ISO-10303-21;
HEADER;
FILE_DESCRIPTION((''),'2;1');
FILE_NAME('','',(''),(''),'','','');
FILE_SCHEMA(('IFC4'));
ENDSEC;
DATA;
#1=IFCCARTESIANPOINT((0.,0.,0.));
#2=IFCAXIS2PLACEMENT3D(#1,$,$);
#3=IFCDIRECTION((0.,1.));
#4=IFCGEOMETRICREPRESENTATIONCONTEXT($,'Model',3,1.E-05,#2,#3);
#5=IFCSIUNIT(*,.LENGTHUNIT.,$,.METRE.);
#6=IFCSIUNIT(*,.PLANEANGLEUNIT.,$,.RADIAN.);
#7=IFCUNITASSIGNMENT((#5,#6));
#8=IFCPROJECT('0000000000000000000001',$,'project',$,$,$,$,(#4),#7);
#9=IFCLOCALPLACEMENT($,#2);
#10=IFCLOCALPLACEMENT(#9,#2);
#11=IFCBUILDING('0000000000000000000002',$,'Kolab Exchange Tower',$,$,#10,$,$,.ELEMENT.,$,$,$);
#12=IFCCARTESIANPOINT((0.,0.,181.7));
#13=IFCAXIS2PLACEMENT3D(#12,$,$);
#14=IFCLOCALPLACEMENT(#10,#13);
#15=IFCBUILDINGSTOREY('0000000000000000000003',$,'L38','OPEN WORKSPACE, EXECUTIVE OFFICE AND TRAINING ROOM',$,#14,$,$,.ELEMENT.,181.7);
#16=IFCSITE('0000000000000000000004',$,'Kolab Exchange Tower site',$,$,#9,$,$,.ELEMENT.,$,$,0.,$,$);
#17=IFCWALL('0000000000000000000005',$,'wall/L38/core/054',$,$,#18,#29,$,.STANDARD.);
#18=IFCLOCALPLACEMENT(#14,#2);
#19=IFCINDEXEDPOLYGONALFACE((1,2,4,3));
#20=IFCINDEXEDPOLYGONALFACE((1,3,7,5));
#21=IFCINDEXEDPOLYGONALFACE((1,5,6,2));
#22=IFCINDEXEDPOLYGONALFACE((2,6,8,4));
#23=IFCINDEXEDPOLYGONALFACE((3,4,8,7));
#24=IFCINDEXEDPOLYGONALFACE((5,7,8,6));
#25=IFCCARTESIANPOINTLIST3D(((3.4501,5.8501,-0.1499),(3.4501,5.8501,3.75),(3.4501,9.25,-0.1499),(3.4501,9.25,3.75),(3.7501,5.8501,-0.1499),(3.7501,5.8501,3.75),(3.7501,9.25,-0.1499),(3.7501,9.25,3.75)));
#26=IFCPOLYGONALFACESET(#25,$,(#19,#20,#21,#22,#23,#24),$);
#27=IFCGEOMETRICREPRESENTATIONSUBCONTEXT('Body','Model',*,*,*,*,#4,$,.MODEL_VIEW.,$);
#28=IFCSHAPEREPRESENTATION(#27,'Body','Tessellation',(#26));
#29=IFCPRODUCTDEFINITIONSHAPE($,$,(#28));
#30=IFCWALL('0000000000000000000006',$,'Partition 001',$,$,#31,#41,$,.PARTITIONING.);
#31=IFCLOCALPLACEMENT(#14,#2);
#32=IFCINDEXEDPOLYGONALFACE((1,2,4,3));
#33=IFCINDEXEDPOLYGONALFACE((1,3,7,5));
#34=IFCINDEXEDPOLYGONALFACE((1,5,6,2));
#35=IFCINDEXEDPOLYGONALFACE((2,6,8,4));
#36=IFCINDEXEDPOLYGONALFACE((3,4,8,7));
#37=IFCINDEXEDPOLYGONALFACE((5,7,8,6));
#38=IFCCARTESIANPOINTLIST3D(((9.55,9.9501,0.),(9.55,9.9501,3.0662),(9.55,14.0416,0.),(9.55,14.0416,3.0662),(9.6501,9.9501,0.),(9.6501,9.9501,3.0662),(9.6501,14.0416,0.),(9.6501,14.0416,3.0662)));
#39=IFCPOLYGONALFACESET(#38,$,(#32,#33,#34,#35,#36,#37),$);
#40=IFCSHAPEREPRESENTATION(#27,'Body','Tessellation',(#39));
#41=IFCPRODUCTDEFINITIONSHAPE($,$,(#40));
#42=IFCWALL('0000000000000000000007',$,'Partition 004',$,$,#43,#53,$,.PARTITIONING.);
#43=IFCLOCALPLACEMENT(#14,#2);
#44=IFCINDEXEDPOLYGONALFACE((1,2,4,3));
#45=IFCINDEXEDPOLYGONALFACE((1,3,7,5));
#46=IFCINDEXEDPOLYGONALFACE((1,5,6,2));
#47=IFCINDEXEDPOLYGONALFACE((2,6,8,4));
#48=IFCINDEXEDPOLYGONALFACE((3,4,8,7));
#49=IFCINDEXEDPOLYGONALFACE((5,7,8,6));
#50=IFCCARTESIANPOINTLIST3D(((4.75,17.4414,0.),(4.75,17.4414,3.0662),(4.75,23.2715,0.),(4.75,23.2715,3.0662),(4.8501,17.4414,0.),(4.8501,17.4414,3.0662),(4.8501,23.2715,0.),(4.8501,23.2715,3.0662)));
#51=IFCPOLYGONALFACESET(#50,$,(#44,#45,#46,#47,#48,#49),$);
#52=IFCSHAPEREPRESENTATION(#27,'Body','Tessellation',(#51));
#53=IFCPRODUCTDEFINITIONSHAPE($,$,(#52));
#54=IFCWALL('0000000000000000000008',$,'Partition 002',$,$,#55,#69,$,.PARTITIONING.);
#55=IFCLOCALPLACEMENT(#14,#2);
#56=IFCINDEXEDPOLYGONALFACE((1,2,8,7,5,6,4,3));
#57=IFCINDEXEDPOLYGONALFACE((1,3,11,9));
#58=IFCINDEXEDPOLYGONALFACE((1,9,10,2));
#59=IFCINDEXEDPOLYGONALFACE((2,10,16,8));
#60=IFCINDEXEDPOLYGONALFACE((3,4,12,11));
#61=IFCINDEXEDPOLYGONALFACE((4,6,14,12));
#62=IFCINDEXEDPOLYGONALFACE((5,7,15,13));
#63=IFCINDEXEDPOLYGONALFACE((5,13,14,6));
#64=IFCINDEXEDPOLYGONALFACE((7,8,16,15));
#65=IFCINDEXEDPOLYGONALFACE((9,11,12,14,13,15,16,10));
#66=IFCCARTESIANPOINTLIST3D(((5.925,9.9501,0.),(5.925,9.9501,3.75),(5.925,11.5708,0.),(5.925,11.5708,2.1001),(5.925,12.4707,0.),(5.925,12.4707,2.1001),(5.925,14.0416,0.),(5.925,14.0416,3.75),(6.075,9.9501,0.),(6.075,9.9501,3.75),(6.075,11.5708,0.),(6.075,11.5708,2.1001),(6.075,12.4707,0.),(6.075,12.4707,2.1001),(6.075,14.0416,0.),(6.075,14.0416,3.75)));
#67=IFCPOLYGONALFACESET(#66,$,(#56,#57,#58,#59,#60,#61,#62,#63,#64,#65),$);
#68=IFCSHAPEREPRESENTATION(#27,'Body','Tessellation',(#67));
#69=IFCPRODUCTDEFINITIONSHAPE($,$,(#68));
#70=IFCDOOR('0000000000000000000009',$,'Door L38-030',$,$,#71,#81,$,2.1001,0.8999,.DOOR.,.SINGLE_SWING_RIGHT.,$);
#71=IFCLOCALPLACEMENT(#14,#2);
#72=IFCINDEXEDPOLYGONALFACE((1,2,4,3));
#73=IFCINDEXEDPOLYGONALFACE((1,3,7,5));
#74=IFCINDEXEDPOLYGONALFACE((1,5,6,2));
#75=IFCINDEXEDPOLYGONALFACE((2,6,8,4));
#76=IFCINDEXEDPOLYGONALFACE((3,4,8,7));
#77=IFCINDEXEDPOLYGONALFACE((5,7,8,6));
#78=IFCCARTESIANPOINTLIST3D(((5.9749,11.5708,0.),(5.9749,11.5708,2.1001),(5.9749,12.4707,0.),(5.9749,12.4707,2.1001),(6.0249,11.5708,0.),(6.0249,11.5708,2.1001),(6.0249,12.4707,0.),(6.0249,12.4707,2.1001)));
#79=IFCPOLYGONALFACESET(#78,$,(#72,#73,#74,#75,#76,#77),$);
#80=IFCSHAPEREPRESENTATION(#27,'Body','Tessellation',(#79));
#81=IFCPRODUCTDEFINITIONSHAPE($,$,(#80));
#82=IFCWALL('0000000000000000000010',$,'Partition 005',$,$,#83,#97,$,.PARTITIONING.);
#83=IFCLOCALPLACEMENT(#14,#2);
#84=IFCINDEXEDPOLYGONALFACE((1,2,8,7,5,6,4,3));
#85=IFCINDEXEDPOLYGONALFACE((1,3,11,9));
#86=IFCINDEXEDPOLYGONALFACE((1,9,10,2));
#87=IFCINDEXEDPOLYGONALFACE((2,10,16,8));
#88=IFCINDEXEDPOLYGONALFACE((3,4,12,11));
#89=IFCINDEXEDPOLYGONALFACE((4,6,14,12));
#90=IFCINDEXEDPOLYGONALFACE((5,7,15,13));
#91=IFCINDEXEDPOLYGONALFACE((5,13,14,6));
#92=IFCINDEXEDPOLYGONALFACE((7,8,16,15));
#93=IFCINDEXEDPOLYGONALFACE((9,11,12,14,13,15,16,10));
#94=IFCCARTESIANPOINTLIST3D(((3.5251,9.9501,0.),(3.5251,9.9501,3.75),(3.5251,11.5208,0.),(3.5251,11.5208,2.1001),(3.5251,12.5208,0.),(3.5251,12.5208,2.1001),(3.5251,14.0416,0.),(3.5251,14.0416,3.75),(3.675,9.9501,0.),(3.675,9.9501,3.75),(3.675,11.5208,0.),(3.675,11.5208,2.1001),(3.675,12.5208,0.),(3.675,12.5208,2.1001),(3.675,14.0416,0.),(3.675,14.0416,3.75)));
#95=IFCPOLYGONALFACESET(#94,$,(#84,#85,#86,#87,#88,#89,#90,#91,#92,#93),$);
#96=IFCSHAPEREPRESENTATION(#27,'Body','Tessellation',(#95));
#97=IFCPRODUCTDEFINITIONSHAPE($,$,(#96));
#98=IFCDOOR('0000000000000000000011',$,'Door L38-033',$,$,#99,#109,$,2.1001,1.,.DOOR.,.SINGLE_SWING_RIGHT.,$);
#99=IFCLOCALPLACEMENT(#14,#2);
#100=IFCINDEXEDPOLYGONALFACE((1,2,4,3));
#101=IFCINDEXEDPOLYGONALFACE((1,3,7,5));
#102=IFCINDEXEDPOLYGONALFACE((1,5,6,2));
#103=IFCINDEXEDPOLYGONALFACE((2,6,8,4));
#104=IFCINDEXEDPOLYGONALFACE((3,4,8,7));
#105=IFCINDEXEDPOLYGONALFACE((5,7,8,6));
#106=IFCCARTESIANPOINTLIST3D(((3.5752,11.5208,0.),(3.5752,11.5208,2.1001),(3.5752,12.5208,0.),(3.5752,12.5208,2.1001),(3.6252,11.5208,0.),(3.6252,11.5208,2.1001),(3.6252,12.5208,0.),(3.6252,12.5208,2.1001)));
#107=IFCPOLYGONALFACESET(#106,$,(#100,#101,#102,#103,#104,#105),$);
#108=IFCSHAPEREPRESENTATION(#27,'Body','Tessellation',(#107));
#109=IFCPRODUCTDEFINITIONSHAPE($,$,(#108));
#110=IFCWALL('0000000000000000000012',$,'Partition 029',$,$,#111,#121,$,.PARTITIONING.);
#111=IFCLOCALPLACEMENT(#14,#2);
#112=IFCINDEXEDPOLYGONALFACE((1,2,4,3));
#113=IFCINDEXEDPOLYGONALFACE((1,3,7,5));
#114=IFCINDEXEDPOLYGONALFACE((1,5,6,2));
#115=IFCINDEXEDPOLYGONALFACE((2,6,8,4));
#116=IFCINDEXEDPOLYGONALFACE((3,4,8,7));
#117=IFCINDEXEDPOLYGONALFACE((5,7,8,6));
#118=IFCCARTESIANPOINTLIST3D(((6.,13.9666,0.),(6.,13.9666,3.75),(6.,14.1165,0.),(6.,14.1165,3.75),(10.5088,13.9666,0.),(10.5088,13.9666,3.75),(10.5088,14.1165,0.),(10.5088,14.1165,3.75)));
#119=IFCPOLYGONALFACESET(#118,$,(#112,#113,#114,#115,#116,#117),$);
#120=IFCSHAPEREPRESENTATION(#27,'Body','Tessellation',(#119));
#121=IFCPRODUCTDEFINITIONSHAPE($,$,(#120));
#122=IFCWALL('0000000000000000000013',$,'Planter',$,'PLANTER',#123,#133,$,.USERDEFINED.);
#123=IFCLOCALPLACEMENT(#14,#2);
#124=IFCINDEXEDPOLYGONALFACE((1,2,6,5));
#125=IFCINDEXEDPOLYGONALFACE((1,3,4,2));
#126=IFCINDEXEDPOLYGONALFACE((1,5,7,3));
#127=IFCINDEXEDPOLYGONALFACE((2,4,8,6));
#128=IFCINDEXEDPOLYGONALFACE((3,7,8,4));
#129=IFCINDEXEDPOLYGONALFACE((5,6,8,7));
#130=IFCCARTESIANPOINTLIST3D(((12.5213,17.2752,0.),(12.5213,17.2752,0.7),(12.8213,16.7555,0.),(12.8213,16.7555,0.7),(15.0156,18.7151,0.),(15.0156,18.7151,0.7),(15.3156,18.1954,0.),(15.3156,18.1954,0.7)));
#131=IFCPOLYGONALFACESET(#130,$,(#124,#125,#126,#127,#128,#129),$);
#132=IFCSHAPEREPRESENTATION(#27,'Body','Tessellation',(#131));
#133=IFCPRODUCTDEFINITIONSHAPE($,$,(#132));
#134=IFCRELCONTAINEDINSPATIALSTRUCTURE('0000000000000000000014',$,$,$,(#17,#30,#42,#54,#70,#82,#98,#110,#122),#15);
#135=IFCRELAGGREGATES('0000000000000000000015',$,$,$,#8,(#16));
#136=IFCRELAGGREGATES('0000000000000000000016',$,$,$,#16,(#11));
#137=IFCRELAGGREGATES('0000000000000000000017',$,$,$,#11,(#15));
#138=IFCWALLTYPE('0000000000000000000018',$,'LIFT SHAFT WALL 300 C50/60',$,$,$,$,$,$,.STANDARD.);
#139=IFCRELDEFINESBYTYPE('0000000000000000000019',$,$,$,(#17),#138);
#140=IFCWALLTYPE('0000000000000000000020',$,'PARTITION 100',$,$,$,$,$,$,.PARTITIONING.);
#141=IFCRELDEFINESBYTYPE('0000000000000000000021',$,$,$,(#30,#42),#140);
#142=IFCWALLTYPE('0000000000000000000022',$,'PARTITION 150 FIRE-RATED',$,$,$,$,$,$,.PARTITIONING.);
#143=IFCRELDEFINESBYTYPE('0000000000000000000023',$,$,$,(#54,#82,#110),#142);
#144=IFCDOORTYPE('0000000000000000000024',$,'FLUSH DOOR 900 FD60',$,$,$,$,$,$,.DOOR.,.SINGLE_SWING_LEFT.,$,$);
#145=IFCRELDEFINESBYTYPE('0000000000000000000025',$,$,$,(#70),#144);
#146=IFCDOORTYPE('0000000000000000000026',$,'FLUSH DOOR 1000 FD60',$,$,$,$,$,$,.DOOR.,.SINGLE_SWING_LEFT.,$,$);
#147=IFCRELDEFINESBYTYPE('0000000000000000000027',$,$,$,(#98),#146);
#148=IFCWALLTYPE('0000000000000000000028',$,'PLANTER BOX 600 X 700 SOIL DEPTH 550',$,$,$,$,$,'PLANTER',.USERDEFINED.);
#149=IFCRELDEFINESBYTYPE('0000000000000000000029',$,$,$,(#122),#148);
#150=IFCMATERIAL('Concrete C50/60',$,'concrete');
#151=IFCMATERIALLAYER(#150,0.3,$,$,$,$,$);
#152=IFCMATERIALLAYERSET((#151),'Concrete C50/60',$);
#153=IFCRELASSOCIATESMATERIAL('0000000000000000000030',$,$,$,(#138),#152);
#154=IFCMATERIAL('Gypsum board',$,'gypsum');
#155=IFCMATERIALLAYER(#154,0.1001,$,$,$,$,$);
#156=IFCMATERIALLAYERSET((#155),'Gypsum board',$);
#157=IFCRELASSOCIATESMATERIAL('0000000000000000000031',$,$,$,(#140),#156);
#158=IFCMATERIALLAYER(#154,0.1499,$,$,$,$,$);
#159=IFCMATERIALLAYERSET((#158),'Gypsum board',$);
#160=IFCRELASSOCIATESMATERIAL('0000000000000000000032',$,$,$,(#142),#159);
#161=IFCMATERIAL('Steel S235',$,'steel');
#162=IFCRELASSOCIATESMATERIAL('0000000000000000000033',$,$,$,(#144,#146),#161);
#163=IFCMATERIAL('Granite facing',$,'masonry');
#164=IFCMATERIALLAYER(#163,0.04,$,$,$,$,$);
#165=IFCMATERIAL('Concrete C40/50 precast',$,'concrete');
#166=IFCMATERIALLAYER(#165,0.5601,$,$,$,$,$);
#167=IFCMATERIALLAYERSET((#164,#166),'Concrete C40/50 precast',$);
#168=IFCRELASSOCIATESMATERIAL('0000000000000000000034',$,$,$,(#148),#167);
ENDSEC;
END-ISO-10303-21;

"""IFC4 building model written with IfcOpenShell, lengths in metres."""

from ifc_helpers import new_model, si_unit, direction, frame, frame_2d, origin, place, context, subcontext, project, spatial, rectangle, extrude, material, layer, layer_set, type_object, element, fill, save


model = new_model("IFC4")

# Units and contexts
model_context = context("Model", 3, precision=1e-05, world=origin(), true_north=direction((0.0, 1.0)))
body_context = subcontext(model_context, "Body", "Model", "MODEL_VIEW")
ifc_project = project(units=[si_unit("LENGTHUNIT", "METRE"), si_unit("PLANEANGLEUNIT", "RADIAN")], contexts=[model_context])

# Site, building, storey
site_placement = place(None, origin())
site = spatial("IfcSite", under=ifc_project, at=site_placement, Name="Kolab Exchange Tower site", CompositionType="ELEMENT", RefElevation=0.0)
building_placement = place(site_placement, origin())
building = spatial("IfcBuilding", under=site, at=building_placement, Name="Kolab Exchange Tower", CompositionType="ELEMENT")
storey_placement = place(building_placement, frame((0.0, 0.0, 181.7)))
storey = spatial("IfcBuildingStorey", under=building, at=storey_placement, Name="L38", Description="OPEN WORKSPACE, EXECUTIVE OFFICE AND TRAINING ROOM", CompositionType="ELEMENT", Elevation=181.7)

# Shared definitions
ifc_material_1 = material(Name="Concrete C50/60", Category="concrete")
ifc_layer_1 = layer(ifc_material_1, 0.3)
ifc_layer_set_1 = layer_set([ifc_layer_1], Name="Concrete C50/60")
wall_type_1 = type_object("IfcWallType", Name="LIFT SHAFT WALL 300 C50/60", PredefinedType="STANDARD", material=ifc_layer_set_1)

# Walls
for number, where, z_axis, x_axis, name in (
    (1, (3.6001, 5.8501, -0.1499), (0.0, 0.0, 1.0), (0.0, 1.0, 0.0), "wall/L38/core/054"),
):
    element("IfcWall", number, at=place(storey_placement, frame(where, z_axis=z_axis, x_axis=x_axis)), inside=storey, type_object=wall_type_1, Name=name, PredefinedType="STANDARD", context=body_context, shape_type="SweptSolid", body=[
        extrude(rectangle(XDim=3.3999, YDim=0.3, at=frame_2d((1.7, 0.0))), origin(), (0.0, 0.0, 1.0), 3.8999),
    ])
ifc_material_2 = material(Name="Gypsum board", Category="gypsum")
ifc_layer_2 = layer(ifc_material_2, 0.1001)
ifc_layer_set_2 = layer_set([ifc_layer_2], Name="Gypsum board")
wall_type_2 = type_object("IfcWallType", Name="PARTITION 100", PredefinedType="PARTITIONING", material=ifc_layer_set_2)
wall_1_placement = place(storey_placement, frame((9.6001, 9.95, 0.0), z_axis=(0.0, 0.0, 1.0), x_axis=(0.0, 1.0, 0.0)))
element("IfcWall", 2, at=wall_1_placement, inside=storey, type_object=wall_type_2, Name="Partition 001", PredefinedType="PARTITIONING", context=body_context, shape_type="SweptSolid", body=[
    extrude(rectangle(XDim=4.0916, YDim=0.1001, at=frame_2d((2.0459, 0.0))), origin(), (0.0, 0.0, 1.0), 3.0662),
])
wall_2_placement = place(storey_placement, frame((4.8, 17.4414, 0.0), z_axis=(0.0, 0.0, 1.0), x_axis=(0.0, 1.0, 0.0)))
element("IfcWall", 3, at=wall_2_placement, inside=storey, type_object=wall_type_2, Name="Partition 004", PredefinedType="PARTITIONING", context=body_context, shape_type="SweptSolid", body=[
    extrude(rectangle(XDim=5.8301, YDim=0.1001, at=frame_2d((2.915, 0.0))), origin(), (0.0, 0.0, 1.0), 3.0662),
])

# Walls, openings, doors
ifc_layer_3 = layer(ifc_material_2, 0.1499)
ifc_layer_set_3 = layer_set([ifc_layer_3], Name="Gypsum board")
wall_type_3 = type_object("IfcWallType", Name="PARTITION 150 FIRE-RATED", PredefinedType="PARTITIONING", material=ifc_layer_set_3)
wall_3_placement = place(storey_placement, frame((6.0, 9.95, 0.0), z_axis=(0.0, 0.0, 1.0), x_axis=(0.0, 1.0, 0.0)))
wall_3 = element("IfcWall", 4, at=wall_3_placement, inside=storey, type_object=wall_type_3, Name="Partition 002", PredefinedType="PARTITIONING", context=body_context, shape_type="SweptSolid", body=[
    extrude(rectangle(XDim=4.0916, YDim=0.1499, at=frame_2d((2.0459, 0.0))), origin(), (0.0, 0.0, 1.0), 3.75),
])
opening_1_placement = place(wall_3_placement, frame((1.6208, 0.0, 0.0)))
opening_1 = element("IfcOpeningElement", 5, at=opening_1_placement, cuts=wall_3, PredefinedType="OPENING", context=body_context, shape_type="SweptSolid", body=[
    extrude(rectangle(XDim=0.8999, YDim=2.1001, at=frame_2d((0.45, 1.05))), frame((0.0, 0.085, 0.0), z_axis=(0.0, -1.0, 0.0), x_axis=(1.0, 0.0, 0.0)), (0.0, 0.0, 1.0), 0.1699),
])
ifc_material_3 = material(Name="Steel S235", Category="steel")
door_type_1 = type_object("IfcDoorType", Name="FLUSH DOOR 900 FD60", OperationType="SINGLE_SWING_LEFT", PredefinedType="DOOR", material=ifc_material_3)
door_1_placement = place(opening_1_placement, frame((0.8999, 0.0, 0.0), z_axis=(0.0, 0.0, 1.0), x_axis=(-1.0, 0.0, 0.0)))
door_1 = element("IfcDoor", 6, at=door_1_placement, inside=storey, type_object=door_type_1, Name="Door L38-030", OperationType="SINGLE_SWING_RIGHT", OverallHeight=2.1001, OverallWidth=0.8999, PredefinedType="DOOR", context=body_context, shape_type="SweptSolid", body=[
    extrude(rectangle(XDim=0.8999, YDim=2.1001, at=frame_2d((0.45, 1.05))), frame((0.0, 0.0249, 0.0), z_axis=(0.0, -1.0, 0.0), x_axis=(1.0, 0.0, 0.0)), (0.0, 0.0, 1.0), 0.05),
])
fill(opening_1, door_1)
wall_4_placement = place(storey_placement, frame((3.6001, 9.95, 0.0), z_axis=(0.0, 0.0, 1.0), x_axis=(0.0, 1.0, 0.0)))
wall_4 = element("IfcWall", 7, at=wall_4_placement, inside=storey, type_object=wall_type_3, Name="Partition 005", PredefinedType="PARTITIONING", context=body_context, shape_type="SweptSolid", body=[
    extrude(rectangle(XDim=4.0916, YDim=0.1499, at=frame_2d((2.0459, 0.0))), origin(), (0.0, 0.0, 1.0), 3.75),
])
opening_2_placement = place(wall_4_placement, frame((1.5708, 0.0, 0.0)))
opening_2 = element("IfcOpeningElement", 8, at=opening_2_placement, cuts=wall_4, PredefinedType="OPENING", context=body_context, shape_type="SweptSolid", body=[
    extrude(rectangle(XDim=1.0, YDim=2.1001, at=frame_2d((0.5, 1.05))), frame((0.0, 0.085, 0.0), z_axis=(0.0, -1.0, 0.0), x_axis=(1.0, 0.0, 0.0)), (0.0, 0.0, 1.0), 0.1699),
])
door_type_2 = type_object("IfcDoorType", Name="FLUSH DOOR 1000 FD60", OperationType="SINGLE_SWING_LEFT", PredefinedType="DOOR", material=ifc_material_3)
door_2_placement = place(opening_2_placement, origin())
door_2 = element("IfcDoor", 9, at=door_2_placement, inside=storey, type_object=door_type_2, Name="Door L38-033", OperationType="SINGLE_SWING_RIGHT", OverallHeight=2.1001, OverallWidth=1.0, PredefinedType="DOOR", context=body_context, shape_type="SweptSolid", body=[
    extrude(rectangle(XDim=1.0, YDim=2.1001, at=frame_2d((0.5, 1.05))), frame((0.0, 0.0249, 0.0), z_axis=(0.0, -1.0, 0.0), x_axis=(1.0, 0.0, 0.0)), (0.0, 0.0, 1.0), 0.05),
])
fill(opening_2, door_2)

# Walls
wall_5_placement = place(storey_placement, frame((6.0, 14.0415, 0.0), z_axis=(0.0, 0.0, 1.0), x_axis=(1.0, 0.0, 0.0)))
element("IfcWall", 10, at=wall_5_placement, inside=storey, type_object=wall_type_3, Name="Partition 029", PredefinedType="PARTITIONING", context=body_context, shape_type="SweptSolid", body=[
    extrude(rectangle(XDim=4.5088, YDim=0.1499, at=frame_2d((2.2544, 0.0))), origin(), (0.0, 0.0, 1.0), 3.75),
])
ifc_material_4 = material(Name="Granite facing", Category="masonry")
ifc_layer_4 = layer(ifc_material_4, 0.04)
ifc_material_5 = material(Name="Concrete C40/50 precast", Category="concrete")
ifc_layer_5 = layer(ifc_material_5, 0.5601)
ifc_layer_set_4 = layer_set([ifc_layer_4, ifc_layer_5], Name="Concrete C40/50 precast")
wall_type_4 = type_object("IfcWallType", Name="PLANTER BOX 600 X 700 SOIL DEPTH 550", ElementType="PLANTER", PredefinedType="USERDEFINED", material=ifc_layer_set_4)
wall_6_placement = place(storey_placement, frame((12.6714, 17.0154, 0.0), z_axis=(0.0, 0.0, 1.0), x_axis=(0.866054, 0.49995, 0.0)))
element("IfcWall", 11, at=wall_6_placement, inside=storey, type_object=wall_type_4, Name="Planter", ObjectType="PLANTER", PredefinedType="USERDEFINED", context=body_context, shape_type="SweptSolid", body=[
    extrude(rectangle(XDim=2.8801, YDim=0.6001, at=frame_2d((1.4399, 0.0))), origin(), (0.0, 0.0, 1.0), 0.7),
])

save(model, "model.ifc")
